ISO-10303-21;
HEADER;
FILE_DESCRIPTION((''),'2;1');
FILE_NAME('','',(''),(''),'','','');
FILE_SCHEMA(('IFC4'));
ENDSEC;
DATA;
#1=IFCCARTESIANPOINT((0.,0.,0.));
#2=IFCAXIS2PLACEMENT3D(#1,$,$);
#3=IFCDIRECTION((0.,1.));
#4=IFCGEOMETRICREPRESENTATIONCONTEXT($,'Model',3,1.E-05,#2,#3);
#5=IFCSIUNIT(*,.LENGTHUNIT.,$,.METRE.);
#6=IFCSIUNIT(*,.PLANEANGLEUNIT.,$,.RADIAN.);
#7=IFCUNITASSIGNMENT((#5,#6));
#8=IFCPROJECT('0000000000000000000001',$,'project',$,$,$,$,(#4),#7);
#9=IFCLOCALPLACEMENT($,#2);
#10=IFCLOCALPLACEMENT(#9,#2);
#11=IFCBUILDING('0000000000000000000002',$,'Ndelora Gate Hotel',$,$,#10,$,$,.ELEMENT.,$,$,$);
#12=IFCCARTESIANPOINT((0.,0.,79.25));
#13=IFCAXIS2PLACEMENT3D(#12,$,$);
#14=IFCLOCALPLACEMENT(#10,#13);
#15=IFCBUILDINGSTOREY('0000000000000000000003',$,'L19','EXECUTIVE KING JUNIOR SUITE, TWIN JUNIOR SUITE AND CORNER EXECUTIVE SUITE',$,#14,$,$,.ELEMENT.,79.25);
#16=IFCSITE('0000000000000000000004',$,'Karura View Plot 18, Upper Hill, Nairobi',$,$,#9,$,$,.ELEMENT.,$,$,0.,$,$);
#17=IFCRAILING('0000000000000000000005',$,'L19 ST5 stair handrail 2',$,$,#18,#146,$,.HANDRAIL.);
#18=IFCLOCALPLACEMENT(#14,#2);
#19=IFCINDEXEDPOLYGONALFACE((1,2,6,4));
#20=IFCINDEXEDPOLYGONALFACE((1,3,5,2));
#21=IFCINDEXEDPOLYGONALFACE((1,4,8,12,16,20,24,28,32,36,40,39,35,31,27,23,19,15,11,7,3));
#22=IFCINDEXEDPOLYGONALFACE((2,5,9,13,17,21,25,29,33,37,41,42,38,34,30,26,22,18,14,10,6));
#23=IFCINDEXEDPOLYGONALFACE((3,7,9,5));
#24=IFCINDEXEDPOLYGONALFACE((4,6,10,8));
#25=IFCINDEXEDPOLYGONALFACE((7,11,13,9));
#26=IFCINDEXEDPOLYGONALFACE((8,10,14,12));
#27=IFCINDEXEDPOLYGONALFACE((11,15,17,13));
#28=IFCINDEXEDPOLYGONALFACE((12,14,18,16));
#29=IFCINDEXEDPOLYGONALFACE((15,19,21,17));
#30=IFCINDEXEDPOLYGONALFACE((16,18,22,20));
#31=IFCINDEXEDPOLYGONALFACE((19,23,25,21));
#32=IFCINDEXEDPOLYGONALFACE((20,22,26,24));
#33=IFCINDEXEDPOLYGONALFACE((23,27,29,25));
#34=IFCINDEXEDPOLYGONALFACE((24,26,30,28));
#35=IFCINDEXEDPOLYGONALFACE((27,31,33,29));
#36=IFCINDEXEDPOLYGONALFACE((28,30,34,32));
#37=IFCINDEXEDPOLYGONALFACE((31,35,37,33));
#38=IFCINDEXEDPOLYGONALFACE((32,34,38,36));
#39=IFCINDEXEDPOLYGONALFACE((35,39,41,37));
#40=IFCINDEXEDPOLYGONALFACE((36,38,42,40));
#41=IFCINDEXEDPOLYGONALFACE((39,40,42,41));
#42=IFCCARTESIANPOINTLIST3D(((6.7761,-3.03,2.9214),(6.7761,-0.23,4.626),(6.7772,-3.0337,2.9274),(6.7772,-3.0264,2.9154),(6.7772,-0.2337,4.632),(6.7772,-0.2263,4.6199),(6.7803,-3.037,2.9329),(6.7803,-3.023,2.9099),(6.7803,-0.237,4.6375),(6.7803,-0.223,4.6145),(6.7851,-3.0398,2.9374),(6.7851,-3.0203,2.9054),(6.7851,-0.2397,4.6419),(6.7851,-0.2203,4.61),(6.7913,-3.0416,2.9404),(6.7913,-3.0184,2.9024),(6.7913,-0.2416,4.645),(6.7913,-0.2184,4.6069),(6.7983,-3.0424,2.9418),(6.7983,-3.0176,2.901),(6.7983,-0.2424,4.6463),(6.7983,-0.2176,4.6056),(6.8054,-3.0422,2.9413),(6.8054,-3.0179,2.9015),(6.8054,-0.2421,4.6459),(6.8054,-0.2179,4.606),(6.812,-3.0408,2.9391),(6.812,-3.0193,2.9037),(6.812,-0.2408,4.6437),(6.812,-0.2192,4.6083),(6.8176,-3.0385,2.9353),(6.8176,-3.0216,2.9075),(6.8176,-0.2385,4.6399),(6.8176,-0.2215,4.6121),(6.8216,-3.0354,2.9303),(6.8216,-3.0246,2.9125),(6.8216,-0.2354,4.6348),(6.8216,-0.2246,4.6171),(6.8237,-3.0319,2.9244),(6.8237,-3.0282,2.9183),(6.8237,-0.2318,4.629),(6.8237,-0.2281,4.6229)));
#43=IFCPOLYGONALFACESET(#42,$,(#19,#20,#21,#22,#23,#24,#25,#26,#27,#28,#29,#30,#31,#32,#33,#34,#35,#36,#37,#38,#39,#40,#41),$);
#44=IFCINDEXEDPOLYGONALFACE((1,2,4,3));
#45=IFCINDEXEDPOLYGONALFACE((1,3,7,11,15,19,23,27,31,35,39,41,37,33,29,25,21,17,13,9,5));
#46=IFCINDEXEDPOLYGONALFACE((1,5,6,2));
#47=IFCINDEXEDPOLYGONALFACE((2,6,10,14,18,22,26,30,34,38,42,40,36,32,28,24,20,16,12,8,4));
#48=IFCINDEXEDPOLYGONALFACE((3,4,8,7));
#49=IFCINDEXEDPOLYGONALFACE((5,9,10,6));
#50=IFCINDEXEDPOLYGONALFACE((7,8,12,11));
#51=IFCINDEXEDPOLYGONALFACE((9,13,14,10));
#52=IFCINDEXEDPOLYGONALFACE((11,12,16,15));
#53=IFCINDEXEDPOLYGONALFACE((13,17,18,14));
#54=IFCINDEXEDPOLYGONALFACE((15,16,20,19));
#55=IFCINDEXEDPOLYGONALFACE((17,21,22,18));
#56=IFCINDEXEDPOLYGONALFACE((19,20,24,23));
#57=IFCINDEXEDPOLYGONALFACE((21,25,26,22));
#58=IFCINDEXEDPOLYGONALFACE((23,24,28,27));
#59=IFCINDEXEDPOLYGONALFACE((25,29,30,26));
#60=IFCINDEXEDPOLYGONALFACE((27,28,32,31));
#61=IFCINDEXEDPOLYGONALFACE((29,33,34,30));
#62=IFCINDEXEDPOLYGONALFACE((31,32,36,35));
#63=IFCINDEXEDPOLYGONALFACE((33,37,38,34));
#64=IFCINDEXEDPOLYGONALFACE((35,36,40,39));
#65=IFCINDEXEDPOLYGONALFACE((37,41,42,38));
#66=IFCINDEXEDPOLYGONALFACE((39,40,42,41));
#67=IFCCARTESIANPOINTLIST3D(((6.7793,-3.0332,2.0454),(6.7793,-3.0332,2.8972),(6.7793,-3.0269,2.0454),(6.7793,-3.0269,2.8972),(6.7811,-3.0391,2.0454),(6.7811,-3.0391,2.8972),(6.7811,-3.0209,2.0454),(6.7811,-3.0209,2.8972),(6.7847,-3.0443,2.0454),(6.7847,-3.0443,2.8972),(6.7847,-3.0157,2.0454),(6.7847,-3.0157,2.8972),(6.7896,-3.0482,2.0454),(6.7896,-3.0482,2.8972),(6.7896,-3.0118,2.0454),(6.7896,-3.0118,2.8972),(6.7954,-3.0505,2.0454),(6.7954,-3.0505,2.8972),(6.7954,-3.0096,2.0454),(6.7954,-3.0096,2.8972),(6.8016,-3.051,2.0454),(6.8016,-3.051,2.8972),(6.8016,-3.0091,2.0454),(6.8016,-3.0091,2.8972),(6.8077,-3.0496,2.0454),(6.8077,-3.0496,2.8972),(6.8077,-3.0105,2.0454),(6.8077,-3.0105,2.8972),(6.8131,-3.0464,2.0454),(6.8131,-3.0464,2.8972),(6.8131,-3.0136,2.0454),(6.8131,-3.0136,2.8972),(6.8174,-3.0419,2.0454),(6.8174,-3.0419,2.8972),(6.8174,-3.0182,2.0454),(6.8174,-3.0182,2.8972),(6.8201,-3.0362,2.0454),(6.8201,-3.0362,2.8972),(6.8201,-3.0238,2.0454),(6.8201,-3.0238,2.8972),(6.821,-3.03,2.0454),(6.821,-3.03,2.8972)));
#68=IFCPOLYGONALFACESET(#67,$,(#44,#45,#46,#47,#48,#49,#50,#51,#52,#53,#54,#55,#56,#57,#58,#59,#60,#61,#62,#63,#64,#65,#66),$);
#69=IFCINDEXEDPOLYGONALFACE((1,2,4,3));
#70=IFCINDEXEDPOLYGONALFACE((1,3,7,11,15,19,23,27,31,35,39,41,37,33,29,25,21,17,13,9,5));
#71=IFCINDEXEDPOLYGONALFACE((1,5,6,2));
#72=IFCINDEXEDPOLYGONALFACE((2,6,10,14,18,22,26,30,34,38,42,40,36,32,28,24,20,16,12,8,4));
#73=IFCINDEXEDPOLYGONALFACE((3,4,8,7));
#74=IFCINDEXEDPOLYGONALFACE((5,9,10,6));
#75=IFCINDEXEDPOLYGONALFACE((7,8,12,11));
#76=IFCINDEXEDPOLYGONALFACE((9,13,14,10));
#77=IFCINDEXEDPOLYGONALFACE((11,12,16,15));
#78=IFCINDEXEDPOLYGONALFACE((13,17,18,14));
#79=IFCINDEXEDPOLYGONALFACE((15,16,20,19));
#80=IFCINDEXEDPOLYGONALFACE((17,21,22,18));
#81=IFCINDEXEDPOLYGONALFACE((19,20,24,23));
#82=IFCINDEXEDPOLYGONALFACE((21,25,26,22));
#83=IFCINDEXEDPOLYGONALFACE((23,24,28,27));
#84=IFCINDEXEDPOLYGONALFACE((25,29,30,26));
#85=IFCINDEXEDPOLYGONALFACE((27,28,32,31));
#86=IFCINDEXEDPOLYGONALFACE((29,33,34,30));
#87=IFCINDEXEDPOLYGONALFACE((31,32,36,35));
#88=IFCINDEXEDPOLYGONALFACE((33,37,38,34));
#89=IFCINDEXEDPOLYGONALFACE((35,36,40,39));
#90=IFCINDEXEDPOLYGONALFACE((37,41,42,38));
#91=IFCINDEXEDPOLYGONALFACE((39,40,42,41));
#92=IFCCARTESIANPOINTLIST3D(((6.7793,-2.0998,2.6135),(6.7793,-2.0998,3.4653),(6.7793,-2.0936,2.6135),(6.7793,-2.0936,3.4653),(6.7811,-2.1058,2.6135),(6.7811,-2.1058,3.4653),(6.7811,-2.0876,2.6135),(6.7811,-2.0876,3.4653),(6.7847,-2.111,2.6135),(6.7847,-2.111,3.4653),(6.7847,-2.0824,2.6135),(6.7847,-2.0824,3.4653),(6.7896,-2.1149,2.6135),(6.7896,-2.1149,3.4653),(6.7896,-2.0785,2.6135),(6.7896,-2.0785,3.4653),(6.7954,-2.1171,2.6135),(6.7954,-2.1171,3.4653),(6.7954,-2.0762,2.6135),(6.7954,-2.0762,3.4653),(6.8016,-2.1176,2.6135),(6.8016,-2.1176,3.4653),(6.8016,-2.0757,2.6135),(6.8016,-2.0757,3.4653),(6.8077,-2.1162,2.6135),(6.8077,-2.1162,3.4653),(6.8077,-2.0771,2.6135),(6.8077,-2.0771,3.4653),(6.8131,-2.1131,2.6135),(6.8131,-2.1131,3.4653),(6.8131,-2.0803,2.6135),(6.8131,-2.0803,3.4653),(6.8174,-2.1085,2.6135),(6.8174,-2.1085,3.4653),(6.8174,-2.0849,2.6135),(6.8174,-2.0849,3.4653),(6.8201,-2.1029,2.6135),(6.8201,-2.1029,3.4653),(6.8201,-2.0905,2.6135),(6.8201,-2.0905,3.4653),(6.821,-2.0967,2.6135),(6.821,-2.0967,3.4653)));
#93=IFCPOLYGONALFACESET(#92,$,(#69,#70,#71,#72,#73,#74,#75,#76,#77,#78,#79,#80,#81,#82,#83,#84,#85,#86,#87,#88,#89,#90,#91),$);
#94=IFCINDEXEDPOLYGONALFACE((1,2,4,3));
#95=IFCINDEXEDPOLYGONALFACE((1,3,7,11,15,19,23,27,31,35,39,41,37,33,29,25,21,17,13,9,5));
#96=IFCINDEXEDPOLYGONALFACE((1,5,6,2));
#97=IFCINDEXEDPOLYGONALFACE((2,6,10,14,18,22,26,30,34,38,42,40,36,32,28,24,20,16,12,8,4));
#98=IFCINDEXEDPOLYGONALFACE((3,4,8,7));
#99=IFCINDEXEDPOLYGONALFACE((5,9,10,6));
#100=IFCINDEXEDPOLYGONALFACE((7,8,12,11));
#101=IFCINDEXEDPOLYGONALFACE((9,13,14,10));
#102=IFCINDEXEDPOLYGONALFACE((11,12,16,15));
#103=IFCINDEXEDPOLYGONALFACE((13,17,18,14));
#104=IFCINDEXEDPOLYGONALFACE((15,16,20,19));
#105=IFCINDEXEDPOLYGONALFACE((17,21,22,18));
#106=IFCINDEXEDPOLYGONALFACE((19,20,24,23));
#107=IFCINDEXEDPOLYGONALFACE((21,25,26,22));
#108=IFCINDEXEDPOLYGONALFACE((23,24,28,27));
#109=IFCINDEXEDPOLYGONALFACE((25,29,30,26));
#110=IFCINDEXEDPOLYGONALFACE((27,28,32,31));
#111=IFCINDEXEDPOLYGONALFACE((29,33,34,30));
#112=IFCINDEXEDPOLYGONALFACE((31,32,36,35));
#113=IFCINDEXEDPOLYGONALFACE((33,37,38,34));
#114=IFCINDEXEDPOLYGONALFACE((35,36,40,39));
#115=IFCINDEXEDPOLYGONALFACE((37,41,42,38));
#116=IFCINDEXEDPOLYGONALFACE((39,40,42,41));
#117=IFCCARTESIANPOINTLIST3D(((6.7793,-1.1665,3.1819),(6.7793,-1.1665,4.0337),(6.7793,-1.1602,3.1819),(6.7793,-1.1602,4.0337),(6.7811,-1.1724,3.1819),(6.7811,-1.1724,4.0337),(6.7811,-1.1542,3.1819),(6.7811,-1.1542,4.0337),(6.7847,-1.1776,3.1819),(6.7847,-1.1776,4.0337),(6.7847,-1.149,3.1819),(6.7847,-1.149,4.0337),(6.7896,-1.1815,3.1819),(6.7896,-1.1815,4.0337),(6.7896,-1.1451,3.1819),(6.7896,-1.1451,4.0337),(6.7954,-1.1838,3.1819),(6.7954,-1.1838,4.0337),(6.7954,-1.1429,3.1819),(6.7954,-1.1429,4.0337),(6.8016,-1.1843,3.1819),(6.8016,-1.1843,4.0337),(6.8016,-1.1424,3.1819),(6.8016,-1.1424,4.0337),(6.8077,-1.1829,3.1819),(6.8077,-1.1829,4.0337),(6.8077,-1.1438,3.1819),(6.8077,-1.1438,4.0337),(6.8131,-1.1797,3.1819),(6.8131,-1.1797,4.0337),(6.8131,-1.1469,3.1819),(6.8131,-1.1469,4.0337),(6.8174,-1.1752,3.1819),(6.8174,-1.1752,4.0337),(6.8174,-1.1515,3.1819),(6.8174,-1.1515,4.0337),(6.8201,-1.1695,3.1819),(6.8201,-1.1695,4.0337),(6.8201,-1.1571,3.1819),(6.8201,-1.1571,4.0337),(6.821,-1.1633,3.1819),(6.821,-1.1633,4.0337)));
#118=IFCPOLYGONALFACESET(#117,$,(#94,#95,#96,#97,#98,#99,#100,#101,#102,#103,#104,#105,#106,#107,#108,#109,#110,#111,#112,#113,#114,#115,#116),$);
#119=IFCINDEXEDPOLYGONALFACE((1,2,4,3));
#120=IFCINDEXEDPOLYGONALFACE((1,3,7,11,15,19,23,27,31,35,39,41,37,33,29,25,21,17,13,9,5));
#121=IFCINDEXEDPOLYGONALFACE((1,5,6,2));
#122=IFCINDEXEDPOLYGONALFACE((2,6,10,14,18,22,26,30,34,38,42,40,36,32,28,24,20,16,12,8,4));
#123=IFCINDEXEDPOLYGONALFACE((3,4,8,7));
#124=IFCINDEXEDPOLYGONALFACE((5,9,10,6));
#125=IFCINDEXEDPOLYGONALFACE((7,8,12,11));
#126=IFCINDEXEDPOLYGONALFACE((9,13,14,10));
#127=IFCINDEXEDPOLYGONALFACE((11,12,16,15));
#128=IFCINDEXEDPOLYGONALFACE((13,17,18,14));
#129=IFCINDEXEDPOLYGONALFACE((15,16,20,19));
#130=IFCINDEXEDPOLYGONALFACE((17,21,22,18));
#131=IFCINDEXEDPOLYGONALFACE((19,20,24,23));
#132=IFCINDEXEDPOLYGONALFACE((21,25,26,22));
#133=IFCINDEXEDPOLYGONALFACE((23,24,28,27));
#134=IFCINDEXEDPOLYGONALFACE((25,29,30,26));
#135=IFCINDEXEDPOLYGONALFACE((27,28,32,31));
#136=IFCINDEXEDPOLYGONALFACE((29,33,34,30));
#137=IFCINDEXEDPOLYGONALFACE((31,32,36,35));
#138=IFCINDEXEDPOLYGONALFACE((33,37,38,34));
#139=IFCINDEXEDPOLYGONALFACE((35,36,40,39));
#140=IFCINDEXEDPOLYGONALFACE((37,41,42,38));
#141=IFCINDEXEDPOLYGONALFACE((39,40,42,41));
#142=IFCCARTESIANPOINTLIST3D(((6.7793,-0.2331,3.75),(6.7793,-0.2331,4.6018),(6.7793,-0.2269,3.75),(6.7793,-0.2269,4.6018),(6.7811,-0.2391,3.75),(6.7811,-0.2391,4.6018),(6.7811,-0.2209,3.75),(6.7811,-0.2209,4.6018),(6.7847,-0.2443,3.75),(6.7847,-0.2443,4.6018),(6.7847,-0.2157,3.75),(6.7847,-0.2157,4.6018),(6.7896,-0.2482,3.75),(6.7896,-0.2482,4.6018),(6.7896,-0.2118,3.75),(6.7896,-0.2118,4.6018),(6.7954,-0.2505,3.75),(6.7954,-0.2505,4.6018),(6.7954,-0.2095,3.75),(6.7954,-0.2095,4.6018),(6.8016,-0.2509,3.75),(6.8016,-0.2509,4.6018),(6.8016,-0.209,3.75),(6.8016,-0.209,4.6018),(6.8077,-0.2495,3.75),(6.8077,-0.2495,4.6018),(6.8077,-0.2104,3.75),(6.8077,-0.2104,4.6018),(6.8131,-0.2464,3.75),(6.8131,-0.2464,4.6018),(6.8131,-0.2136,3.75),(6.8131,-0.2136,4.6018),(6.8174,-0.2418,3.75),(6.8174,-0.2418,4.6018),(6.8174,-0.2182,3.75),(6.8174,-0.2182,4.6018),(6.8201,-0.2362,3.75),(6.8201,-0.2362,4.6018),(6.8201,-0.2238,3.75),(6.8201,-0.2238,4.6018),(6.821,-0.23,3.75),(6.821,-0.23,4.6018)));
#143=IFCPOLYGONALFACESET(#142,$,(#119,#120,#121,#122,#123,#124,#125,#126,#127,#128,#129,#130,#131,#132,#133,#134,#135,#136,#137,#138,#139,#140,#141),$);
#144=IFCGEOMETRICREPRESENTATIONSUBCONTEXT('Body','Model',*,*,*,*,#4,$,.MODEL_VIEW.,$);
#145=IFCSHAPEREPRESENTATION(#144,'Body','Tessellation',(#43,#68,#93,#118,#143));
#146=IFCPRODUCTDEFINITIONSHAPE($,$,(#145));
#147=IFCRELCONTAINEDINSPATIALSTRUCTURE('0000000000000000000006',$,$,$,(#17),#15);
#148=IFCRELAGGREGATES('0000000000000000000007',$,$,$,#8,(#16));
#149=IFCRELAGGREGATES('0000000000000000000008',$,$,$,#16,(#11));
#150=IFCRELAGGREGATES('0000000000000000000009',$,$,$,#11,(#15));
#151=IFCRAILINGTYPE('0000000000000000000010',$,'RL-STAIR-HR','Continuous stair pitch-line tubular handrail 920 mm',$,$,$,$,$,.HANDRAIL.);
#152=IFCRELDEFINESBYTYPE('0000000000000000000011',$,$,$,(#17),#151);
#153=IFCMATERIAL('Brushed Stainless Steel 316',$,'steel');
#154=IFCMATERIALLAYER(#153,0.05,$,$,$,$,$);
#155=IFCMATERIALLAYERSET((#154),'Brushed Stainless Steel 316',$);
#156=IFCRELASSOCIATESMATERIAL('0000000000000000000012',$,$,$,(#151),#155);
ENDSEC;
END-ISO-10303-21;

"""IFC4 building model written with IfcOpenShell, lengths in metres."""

from ifc_helpers import new_model, si_unit, direction, frame, origin, origin_2d, place, context, subcontext, project, spatial, circle, extrude, material, layer, layer_set, type_object, element, save


model = new_model("IFC4")

# Units and contexts
model_context = context("Model", 3, precision=1e-05, world=origin(), true_north=direction((0.0, 1.0)))
body_context = subcontext(model_context, "Body", "Model", "MODEL_VIEW")
ifc_project = project(units=[si_unit("LENGTHUNIT", "METRE"), si_unit("PLANEANGLEUNIT", "RADIAN")], contexts=[model_context])

# Site, building, storey
site_placement = place(None, origin())
site = spatial("IfcSite", under=ifc_project, at=site_placement, Name="Karura View Plot 18, Upper Hill, Nairobi", CompositionType="ELEMENT", RefElevation=0.0)
building_placement = place(site_placement, origin())
building = spatial("IfcBuilding", under=site, at=building_placement, Name="Ndelora Gate Hotel", CompositionType="ELEMENT")
storey_placement = place(building_placement, frame((0.0, 0.0, 79.25)))
storey = spatial("IfcBuildingStorey", under=building, at=storey_placement, Name="L19", Description="EXECUTIVE KING JUNIOR SUITE, TWIN JUNIOR SUITE AND CORNER EXECUTIVE SUITE", CompositionType="ELEMENT", Elevation=79.25)

# Railing
ifc_material_1 = material(Name="Brushed Stainless Steel 316", Category="steel")
ifc_layer_1 = layer(ifc_material_1, 0.05)
ifc_layer_set_1 = layer_set([ifc_layer_1], Name="Brushed Stainless Steel 316")
railing_type_1 = type_object("IfcRailingType", Name="RL-STAIR-HR", Description="Continuous stair pitch-line tubular handrail 920 mm", PredefinedType="HANDRAIL", material=ifc_layer_set_1)
railing_1_placement = place(storey_placement, frame((6.8, -3.03, 2.0454)))
element("IfcRailing", 1, at=railing_1_placement, inside=storey, type_object=railing_type_1, Name="L19 ST5 stair handrail 2", PredefinedType="HANDRAIL", context=body_context, shape_type="SweptSolid", body=[
    extrude(circle(Radius=0.0239, at=origin_2d()), frame((0.0, 0.0, 0.876), z_axis=(0.0, 0.85417, 0.519994), x_axis=(-1.0, 0.0, 0.0)), (0.0, 0.0, 1.0), 3.2781),
    extrude(circle(Radius=0.021, at=origin_2d()), origin(), (0.0, 0.0, 1.0), 0.8518),
    extrude(circle(Radius=0.021, at=origin_2d()), frame((0.0, 0.9333, 0.5681)), (0.0, 0.0, 1.0), 0.8518),
    extrude(circle(Radius=0.021, at=origin_2d()), frame((0.0, 1.8667, 1.1365)), (0.0, 0.0, 1.0), 0.8518),
    extrude(circle(Radius=0.021, at=origin_2d()), frame((0.0, 2.8, 1.7046)), (0.0, 0.0, 1.0), 0.8518),
])

save(model, "model.ifc")
